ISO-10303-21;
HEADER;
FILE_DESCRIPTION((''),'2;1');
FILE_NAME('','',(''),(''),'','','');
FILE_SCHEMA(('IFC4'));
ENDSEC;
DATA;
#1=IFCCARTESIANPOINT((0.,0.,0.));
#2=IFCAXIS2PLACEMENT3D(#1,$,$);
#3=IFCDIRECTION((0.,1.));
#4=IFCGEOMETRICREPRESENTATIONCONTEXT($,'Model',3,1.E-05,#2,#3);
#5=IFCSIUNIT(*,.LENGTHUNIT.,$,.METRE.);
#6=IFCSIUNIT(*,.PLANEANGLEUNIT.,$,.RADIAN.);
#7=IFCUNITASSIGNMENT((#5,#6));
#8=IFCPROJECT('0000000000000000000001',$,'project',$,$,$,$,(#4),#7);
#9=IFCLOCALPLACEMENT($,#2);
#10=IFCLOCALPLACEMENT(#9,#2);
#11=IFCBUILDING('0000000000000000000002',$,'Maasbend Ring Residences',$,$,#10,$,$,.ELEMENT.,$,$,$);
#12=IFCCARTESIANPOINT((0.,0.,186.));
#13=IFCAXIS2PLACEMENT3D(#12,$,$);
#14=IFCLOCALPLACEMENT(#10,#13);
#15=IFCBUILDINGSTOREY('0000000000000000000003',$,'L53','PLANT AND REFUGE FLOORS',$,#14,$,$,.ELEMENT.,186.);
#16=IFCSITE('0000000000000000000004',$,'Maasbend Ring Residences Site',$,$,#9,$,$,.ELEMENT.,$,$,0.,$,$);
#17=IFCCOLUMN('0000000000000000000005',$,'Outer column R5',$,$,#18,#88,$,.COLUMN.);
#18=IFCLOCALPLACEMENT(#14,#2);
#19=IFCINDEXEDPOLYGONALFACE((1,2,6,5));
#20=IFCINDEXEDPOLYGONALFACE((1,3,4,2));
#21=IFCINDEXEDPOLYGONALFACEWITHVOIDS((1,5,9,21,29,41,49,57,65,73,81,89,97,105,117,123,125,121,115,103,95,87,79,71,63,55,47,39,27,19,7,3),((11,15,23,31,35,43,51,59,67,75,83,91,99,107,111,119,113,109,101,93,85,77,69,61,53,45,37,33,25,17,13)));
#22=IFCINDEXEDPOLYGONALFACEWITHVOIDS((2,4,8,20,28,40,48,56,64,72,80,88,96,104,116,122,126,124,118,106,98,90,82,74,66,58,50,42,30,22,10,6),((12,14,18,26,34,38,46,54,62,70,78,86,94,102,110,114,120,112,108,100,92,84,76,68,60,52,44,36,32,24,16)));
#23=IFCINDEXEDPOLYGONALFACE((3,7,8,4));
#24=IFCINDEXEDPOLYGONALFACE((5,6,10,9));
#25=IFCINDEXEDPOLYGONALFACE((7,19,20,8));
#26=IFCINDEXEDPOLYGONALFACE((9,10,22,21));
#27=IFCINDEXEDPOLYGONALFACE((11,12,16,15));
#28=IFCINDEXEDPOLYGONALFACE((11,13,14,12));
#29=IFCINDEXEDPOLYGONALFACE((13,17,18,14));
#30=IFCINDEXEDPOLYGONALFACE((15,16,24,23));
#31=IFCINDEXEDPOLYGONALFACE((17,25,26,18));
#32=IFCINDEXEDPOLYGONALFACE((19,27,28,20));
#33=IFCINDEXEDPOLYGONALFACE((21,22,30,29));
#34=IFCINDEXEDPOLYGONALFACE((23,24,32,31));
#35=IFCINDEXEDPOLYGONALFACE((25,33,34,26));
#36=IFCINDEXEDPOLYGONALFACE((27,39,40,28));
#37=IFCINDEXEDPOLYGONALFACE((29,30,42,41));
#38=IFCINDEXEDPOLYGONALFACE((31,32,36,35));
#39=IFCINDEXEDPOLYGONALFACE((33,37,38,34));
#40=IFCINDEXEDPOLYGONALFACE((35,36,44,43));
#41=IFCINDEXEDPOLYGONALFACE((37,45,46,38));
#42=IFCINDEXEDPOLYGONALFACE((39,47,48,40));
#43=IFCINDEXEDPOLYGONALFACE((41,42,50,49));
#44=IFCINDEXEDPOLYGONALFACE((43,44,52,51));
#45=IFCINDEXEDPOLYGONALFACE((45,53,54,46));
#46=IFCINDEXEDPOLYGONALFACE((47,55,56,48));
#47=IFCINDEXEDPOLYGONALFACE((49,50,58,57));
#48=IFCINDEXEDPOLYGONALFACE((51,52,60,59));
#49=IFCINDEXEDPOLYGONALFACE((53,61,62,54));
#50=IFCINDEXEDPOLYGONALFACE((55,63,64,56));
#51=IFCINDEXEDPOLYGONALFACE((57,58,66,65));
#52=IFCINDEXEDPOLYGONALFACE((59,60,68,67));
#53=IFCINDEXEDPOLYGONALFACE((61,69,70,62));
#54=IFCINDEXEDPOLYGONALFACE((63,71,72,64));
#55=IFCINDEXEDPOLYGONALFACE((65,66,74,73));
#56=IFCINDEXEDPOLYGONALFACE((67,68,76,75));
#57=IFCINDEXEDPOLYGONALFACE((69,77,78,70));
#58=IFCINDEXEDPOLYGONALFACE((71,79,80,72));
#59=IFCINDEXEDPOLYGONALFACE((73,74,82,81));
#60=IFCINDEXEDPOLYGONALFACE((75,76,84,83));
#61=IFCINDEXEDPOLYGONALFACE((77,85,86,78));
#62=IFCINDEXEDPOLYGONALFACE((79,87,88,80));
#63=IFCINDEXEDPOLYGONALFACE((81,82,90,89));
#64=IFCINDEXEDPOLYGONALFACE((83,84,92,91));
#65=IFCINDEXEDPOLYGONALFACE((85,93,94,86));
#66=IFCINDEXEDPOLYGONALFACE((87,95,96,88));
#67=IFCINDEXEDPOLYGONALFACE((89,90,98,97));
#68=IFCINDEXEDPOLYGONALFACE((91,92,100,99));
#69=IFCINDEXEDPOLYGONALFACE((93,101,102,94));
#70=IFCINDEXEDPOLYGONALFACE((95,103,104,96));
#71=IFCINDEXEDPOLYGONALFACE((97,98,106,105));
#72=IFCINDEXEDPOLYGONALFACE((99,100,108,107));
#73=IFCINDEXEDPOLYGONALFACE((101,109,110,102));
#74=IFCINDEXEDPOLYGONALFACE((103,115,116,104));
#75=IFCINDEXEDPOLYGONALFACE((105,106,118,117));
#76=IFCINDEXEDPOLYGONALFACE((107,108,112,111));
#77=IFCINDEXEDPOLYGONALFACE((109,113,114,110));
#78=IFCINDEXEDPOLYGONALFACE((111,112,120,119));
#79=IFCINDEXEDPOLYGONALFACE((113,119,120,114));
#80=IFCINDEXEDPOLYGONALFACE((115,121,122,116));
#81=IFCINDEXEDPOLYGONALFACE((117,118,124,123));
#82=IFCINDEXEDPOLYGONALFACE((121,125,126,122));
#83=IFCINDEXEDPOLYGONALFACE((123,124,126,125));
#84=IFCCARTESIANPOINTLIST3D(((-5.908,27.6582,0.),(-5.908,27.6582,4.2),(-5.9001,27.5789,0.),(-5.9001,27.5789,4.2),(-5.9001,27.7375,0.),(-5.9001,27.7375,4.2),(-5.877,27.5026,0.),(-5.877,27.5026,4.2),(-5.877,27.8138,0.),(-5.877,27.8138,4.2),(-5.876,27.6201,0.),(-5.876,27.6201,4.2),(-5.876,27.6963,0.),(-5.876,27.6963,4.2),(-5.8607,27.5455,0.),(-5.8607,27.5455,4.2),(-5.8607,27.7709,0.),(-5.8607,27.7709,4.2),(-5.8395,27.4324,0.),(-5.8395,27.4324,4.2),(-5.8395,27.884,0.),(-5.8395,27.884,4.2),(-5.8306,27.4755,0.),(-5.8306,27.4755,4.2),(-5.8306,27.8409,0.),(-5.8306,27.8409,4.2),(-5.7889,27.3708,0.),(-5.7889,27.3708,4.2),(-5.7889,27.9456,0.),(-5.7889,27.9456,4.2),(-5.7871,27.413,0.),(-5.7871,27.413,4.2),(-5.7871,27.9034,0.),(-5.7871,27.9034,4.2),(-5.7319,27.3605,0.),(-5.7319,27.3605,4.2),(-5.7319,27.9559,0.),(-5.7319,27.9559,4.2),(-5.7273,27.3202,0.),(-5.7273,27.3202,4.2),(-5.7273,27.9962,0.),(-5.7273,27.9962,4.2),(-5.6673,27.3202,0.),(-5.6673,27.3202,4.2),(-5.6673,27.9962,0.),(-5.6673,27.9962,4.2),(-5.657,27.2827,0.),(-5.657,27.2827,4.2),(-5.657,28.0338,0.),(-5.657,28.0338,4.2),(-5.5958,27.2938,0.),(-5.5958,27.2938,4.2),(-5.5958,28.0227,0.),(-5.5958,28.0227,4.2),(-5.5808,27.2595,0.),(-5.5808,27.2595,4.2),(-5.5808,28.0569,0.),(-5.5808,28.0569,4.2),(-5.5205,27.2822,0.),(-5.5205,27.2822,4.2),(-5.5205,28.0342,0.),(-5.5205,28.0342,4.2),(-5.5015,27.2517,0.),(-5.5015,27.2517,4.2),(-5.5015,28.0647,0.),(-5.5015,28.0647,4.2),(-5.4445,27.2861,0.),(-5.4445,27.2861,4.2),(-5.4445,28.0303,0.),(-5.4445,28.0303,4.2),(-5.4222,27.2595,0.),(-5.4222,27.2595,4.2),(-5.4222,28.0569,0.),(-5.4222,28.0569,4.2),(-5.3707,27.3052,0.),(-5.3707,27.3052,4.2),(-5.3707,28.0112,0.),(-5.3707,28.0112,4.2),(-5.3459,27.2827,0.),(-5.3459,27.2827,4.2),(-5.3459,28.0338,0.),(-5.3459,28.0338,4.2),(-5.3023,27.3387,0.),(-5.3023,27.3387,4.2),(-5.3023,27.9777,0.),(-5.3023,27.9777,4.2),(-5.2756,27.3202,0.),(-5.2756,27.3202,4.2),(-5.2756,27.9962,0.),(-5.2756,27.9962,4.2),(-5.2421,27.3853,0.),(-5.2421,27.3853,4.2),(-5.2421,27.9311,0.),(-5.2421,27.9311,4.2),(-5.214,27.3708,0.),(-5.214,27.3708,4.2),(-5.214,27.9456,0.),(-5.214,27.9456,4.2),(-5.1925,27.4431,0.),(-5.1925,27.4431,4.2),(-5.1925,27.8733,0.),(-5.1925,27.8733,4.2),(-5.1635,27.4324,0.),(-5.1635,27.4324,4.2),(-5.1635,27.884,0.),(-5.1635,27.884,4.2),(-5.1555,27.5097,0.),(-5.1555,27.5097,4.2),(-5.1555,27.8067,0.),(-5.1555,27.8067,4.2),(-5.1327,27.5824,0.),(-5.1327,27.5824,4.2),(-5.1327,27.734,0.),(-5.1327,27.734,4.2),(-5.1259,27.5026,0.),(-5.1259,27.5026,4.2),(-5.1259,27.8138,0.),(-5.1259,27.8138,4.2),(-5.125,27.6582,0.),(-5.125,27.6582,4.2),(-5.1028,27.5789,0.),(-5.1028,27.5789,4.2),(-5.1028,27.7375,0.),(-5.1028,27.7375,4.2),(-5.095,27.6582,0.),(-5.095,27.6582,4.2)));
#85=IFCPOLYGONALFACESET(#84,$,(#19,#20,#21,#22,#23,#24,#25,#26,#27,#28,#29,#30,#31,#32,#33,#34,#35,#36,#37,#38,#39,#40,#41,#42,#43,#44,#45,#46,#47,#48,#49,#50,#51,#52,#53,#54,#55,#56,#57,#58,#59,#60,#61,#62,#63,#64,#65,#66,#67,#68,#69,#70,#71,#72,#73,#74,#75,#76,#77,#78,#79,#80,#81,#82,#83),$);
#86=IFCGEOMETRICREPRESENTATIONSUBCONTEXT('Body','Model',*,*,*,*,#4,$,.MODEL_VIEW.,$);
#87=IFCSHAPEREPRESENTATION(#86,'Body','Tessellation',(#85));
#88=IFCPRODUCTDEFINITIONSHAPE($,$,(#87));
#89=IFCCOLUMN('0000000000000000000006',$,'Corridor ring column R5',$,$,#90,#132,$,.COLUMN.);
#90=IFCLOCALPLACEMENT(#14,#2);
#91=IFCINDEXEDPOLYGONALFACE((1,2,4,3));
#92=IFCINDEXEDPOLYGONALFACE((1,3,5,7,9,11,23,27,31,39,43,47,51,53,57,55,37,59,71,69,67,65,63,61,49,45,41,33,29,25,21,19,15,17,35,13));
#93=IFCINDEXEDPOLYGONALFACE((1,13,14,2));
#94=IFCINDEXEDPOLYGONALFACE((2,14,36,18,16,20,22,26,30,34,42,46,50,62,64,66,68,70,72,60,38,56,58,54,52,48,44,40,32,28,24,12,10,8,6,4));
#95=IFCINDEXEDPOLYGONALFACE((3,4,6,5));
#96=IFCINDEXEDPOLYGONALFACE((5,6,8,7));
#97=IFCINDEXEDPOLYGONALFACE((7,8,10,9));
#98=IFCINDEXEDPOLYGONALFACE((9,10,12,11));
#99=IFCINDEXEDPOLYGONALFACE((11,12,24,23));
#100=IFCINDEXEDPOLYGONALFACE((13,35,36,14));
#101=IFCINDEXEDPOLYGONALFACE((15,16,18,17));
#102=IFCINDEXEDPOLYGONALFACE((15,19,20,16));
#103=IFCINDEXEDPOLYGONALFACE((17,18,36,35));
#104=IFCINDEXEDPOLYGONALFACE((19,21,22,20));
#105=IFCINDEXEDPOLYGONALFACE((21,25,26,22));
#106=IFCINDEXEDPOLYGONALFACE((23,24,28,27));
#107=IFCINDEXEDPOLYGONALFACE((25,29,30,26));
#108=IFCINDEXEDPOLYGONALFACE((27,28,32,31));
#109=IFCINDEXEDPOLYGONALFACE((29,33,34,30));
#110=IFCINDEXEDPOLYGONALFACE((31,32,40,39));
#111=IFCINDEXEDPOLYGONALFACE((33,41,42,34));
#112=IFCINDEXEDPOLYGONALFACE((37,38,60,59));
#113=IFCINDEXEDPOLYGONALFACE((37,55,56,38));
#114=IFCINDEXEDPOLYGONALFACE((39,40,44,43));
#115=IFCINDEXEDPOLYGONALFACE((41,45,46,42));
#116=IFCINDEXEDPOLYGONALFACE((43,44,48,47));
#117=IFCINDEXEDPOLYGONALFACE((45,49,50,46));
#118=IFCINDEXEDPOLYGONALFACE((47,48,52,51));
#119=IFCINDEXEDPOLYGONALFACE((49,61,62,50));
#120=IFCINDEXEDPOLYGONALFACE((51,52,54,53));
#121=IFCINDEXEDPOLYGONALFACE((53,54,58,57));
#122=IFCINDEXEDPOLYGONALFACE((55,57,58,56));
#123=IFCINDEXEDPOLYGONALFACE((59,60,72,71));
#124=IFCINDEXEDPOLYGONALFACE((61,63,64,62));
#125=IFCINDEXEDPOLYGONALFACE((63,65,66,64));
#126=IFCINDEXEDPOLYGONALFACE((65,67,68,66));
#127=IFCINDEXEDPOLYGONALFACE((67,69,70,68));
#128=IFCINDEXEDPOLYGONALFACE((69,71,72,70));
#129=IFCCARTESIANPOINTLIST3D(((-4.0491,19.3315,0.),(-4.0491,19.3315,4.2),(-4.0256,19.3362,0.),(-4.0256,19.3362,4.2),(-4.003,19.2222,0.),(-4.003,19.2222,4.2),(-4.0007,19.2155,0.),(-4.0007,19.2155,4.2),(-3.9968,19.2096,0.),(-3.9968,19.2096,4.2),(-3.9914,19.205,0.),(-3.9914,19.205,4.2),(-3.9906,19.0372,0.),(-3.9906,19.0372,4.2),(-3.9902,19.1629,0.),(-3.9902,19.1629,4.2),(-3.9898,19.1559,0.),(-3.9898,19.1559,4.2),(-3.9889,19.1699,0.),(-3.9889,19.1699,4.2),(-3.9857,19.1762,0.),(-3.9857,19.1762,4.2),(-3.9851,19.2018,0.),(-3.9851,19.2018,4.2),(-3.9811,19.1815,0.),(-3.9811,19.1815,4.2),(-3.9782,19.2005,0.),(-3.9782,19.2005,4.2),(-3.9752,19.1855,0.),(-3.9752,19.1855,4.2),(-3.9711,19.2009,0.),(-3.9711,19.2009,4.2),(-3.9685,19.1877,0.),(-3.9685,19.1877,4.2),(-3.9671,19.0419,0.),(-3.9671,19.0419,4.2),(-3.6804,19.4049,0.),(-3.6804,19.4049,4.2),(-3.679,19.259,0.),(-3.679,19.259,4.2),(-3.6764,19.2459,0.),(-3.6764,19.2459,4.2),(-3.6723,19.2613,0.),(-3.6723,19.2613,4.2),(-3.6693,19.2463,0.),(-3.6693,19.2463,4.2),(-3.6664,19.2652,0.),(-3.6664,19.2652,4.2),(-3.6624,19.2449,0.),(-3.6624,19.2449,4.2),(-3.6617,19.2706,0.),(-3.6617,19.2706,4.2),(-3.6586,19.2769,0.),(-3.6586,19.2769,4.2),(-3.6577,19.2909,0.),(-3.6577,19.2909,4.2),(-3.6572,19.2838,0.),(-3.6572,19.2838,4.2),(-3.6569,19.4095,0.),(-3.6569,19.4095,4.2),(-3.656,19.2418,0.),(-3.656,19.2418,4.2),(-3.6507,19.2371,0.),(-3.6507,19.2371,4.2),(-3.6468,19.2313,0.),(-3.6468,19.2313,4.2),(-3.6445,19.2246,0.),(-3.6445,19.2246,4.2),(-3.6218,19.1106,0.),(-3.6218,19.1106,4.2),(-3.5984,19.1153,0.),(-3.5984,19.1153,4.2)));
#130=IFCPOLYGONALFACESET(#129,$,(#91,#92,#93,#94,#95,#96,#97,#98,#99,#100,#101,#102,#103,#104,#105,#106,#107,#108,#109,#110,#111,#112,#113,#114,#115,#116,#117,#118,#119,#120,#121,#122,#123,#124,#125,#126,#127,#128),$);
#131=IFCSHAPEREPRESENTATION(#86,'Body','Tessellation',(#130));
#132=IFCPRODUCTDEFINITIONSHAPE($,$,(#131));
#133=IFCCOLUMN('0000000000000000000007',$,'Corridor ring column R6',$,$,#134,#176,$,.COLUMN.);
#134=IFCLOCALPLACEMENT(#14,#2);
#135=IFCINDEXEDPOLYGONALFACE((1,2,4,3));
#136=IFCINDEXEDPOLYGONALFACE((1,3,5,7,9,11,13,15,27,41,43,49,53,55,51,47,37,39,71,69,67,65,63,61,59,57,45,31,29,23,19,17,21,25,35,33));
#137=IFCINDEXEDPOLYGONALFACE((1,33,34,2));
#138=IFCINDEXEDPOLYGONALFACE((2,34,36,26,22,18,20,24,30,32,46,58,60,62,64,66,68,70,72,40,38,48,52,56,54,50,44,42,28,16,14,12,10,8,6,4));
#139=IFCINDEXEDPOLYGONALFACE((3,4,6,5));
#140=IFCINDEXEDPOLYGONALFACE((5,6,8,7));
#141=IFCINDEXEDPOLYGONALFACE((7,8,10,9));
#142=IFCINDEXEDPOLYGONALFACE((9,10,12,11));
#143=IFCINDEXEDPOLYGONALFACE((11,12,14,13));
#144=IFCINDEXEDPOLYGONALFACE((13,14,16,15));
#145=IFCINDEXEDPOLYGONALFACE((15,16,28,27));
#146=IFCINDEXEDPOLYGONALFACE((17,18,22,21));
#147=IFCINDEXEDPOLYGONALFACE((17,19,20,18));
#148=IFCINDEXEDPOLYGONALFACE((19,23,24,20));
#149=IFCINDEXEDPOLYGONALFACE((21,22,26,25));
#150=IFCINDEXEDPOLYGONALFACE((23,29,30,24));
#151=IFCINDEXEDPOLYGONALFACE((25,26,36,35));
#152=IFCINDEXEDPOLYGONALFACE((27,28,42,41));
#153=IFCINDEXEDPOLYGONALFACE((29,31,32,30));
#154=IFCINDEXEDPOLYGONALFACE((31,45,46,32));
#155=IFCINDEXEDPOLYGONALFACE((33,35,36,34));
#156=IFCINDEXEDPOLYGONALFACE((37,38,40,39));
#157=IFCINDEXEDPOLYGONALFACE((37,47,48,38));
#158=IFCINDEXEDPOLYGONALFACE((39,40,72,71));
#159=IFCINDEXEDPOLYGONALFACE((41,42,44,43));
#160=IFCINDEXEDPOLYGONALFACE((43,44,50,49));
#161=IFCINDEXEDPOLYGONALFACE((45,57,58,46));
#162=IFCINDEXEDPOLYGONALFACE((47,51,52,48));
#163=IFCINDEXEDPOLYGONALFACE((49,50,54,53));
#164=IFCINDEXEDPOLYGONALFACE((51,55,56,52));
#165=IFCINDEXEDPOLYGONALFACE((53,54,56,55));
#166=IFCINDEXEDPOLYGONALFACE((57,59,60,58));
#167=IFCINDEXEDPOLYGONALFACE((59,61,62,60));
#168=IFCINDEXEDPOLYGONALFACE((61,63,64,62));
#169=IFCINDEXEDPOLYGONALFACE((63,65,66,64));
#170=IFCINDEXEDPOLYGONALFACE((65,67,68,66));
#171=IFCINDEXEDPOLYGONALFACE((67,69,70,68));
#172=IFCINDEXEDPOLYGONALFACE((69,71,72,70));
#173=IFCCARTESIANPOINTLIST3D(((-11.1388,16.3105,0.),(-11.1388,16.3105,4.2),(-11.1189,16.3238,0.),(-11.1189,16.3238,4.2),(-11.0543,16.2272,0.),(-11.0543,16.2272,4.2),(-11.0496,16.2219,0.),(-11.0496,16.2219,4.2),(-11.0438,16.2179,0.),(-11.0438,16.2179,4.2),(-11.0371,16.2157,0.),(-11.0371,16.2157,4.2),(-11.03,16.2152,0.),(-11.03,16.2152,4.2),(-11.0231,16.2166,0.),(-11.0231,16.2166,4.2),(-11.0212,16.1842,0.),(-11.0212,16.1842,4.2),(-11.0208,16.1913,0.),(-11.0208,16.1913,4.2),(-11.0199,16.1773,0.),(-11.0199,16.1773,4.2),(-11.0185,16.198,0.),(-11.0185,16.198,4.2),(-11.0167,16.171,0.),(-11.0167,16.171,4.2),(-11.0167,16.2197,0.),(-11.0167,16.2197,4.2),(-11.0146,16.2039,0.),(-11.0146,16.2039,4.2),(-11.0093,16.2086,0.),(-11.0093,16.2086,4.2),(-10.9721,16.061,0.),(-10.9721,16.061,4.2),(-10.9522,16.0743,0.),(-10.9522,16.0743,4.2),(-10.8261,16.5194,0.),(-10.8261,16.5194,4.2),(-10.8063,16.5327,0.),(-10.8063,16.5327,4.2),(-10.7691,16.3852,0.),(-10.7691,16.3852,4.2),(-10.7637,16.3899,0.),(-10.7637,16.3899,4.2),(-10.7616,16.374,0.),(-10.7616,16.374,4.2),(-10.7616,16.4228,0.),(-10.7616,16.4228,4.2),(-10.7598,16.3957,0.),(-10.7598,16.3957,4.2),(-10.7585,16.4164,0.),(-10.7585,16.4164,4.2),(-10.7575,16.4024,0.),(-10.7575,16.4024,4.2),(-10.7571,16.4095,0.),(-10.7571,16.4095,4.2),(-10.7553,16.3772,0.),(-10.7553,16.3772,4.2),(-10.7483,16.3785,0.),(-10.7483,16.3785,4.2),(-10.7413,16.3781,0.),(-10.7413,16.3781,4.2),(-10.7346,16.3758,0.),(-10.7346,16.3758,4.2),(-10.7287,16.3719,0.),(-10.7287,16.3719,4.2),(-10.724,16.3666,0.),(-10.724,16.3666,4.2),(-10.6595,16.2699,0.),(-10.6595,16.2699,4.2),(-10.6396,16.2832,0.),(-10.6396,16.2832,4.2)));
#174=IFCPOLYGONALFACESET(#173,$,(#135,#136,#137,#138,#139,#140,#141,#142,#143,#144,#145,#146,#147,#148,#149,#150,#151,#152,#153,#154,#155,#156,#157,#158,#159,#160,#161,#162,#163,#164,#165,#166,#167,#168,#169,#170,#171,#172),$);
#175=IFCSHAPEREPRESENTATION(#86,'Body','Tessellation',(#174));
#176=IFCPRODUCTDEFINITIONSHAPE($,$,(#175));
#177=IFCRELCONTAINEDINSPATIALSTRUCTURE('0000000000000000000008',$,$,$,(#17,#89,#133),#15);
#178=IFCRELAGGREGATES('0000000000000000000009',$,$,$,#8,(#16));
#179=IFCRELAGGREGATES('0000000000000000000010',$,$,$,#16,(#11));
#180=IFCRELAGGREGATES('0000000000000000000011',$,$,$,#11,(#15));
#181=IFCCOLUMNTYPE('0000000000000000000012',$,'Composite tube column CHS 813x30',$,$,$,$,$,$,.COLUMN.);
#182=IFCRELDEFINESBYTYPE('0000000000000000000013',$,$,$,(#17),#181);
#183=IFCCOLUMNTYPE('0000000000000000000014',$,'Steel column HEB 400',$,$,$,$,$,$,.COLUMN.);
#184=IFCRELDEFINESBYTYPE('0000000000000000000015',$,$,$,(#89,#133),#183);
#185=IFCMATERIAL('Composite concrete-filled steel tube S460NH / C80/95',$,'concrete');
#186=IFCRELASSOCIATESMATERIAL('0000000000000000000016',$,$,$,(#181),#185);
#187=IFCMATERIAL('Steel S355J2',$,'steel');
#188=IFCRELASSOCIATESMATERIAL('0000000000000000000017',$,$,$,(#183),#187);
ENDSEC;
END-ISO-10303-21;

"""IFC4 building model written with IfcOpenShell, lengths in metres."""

from ifc_helpers import new_model, si_unit, direction, frame, origin, origin_2d, place, context, subcontext, project, spatial, hollow_circle, i_section, extrude, material, material_profile, profile_set, type_object, element, save


model = new_model("IFC4")

# Units and contexts
model_context = context("Model", 3, precision=1e-05, world=origin(), true_north=direction((0.0, 1.0)))
body_context = subcontext(model_context, "Body", "Model", "MODEL_VIEW")
ifc_project = project(units=[si_unit("LENGTHUNIT", "METRE"), si_unit("PLANEANGLEUNIT", "RADIAN")], contexts=[model_context])

# Site, building, storey
site_placement = place(None, origin())
site = spatial("IfcSite", under=ifc_project, at=site_placement, Name="Maasbend Ring Residences Site", CompositionType="ELEMENT", RefElevation=0.0)
building_placement = place(site_placement, origin())
building = spatial("IfcBuilding", under=site, at=building_placement, Name="Maasbend Ring Residences", CompositionType="ELEMENT")
storey_placement = place(building_placement, frame((0.0, 0.0, 186.0)))
storey = spatial("IfcBuildingStorey", under=building, at=storey_placement, Name="L53", Description="PLANT AND REFUGE FLOORS", CompositionType="ELEMENT", Elevation=186.0)

# Columns
ifc_material_1 = material(Name="Composite concrete-filled steel tube S460NH / C80/95", Category="concrete")
ifc_material_profile_1 = material_profile(ifc_material_1, hollow_circle(Radius=0.4065, WallThickness=0.03, at=origin_2d()), Name="Composite tube column CHS 813x30")
ifc_profile_set_1 = profile_set([ifc_material_profile_1], Name="Composite concrete-filled steel tube S460NH / C80/95")
column_type_1 = type_object("IfcColumnType", Name="Composite tube column CHS 813x30", PredefinedType="COLUMN", material=ifc_profile_set_1)
column_placement = place(storey_placement, frame((-5.5015, 27.6582, 0.0), z_axis=(0.0, 0.0, 1.0), x_axis=(1.0, 0.0, 0.0)))
element("IfcColumn", 1, at=column_placement, inside=storey, type_object=column_type_1, Name="Outer column R5", PredefinedType="COLUMN", context=body_context, shape_type="SweptSolid", body=[
    extrude(hollow_circle(Radius=0.4065, WallThickness=0.03, at=origin_2d()), origin(), (0.0, 0.0, 1.0), 4.2),
])
ifc_material_2 = material(Name="Steel S355J2", Category="steel")
ifc_material_profile_2 = material_profile(ifc_material_2, i_section(OverallWidth=0.3, OverallDepth=0.3999, WebThickness=0.0134, FlangeThickness=0.0239, FilletRadius=0.0271, at=origin_2d()), Name="HEB 400")
ifc_profile_set_2 = profile_set([ifc_material_profile_2], Name="Steel S355J2")
column_type_2 = type_object("IfcColumnType", Name="Steel column HEB 400", PredefinedType="COLUMN", material=ifc_profile_set_2)
for number, where, z_axis, x_axis, name in (
    (2, (-3.8237, 19.2234, 0.0), (0.0, 0.0, 1.0), (-0.19509, 0.980785, 0.0), "Corridor ring column R5"),
    (3, (-10.8892, 16.2969, 0.0), (0.0, 0.0, 1.0), (-0.55557, 0.83147, 0.0), "Corridor ring column R6"),
):
    element("IfcColumn", number, at=place(storey_placement, frame(where, z_axis=z_axis, x_axis=x_axis)), inside=storey, type_object=column_type_2, Name=name, PredefinedType="COLUMN", context=body_context, shape_type="SweptSolid", body=[
        extrude(i_section(OverallWidth=0.3, OverallDepth=0.3999, WebThickness=0.0134, FlangeThickness=0.0239, FilletRadius=0.0271, at=origin_2d()), origin(), (0.0, 0.0, 1.0), 4.2),
    ])

save(model, "model.ifc")
